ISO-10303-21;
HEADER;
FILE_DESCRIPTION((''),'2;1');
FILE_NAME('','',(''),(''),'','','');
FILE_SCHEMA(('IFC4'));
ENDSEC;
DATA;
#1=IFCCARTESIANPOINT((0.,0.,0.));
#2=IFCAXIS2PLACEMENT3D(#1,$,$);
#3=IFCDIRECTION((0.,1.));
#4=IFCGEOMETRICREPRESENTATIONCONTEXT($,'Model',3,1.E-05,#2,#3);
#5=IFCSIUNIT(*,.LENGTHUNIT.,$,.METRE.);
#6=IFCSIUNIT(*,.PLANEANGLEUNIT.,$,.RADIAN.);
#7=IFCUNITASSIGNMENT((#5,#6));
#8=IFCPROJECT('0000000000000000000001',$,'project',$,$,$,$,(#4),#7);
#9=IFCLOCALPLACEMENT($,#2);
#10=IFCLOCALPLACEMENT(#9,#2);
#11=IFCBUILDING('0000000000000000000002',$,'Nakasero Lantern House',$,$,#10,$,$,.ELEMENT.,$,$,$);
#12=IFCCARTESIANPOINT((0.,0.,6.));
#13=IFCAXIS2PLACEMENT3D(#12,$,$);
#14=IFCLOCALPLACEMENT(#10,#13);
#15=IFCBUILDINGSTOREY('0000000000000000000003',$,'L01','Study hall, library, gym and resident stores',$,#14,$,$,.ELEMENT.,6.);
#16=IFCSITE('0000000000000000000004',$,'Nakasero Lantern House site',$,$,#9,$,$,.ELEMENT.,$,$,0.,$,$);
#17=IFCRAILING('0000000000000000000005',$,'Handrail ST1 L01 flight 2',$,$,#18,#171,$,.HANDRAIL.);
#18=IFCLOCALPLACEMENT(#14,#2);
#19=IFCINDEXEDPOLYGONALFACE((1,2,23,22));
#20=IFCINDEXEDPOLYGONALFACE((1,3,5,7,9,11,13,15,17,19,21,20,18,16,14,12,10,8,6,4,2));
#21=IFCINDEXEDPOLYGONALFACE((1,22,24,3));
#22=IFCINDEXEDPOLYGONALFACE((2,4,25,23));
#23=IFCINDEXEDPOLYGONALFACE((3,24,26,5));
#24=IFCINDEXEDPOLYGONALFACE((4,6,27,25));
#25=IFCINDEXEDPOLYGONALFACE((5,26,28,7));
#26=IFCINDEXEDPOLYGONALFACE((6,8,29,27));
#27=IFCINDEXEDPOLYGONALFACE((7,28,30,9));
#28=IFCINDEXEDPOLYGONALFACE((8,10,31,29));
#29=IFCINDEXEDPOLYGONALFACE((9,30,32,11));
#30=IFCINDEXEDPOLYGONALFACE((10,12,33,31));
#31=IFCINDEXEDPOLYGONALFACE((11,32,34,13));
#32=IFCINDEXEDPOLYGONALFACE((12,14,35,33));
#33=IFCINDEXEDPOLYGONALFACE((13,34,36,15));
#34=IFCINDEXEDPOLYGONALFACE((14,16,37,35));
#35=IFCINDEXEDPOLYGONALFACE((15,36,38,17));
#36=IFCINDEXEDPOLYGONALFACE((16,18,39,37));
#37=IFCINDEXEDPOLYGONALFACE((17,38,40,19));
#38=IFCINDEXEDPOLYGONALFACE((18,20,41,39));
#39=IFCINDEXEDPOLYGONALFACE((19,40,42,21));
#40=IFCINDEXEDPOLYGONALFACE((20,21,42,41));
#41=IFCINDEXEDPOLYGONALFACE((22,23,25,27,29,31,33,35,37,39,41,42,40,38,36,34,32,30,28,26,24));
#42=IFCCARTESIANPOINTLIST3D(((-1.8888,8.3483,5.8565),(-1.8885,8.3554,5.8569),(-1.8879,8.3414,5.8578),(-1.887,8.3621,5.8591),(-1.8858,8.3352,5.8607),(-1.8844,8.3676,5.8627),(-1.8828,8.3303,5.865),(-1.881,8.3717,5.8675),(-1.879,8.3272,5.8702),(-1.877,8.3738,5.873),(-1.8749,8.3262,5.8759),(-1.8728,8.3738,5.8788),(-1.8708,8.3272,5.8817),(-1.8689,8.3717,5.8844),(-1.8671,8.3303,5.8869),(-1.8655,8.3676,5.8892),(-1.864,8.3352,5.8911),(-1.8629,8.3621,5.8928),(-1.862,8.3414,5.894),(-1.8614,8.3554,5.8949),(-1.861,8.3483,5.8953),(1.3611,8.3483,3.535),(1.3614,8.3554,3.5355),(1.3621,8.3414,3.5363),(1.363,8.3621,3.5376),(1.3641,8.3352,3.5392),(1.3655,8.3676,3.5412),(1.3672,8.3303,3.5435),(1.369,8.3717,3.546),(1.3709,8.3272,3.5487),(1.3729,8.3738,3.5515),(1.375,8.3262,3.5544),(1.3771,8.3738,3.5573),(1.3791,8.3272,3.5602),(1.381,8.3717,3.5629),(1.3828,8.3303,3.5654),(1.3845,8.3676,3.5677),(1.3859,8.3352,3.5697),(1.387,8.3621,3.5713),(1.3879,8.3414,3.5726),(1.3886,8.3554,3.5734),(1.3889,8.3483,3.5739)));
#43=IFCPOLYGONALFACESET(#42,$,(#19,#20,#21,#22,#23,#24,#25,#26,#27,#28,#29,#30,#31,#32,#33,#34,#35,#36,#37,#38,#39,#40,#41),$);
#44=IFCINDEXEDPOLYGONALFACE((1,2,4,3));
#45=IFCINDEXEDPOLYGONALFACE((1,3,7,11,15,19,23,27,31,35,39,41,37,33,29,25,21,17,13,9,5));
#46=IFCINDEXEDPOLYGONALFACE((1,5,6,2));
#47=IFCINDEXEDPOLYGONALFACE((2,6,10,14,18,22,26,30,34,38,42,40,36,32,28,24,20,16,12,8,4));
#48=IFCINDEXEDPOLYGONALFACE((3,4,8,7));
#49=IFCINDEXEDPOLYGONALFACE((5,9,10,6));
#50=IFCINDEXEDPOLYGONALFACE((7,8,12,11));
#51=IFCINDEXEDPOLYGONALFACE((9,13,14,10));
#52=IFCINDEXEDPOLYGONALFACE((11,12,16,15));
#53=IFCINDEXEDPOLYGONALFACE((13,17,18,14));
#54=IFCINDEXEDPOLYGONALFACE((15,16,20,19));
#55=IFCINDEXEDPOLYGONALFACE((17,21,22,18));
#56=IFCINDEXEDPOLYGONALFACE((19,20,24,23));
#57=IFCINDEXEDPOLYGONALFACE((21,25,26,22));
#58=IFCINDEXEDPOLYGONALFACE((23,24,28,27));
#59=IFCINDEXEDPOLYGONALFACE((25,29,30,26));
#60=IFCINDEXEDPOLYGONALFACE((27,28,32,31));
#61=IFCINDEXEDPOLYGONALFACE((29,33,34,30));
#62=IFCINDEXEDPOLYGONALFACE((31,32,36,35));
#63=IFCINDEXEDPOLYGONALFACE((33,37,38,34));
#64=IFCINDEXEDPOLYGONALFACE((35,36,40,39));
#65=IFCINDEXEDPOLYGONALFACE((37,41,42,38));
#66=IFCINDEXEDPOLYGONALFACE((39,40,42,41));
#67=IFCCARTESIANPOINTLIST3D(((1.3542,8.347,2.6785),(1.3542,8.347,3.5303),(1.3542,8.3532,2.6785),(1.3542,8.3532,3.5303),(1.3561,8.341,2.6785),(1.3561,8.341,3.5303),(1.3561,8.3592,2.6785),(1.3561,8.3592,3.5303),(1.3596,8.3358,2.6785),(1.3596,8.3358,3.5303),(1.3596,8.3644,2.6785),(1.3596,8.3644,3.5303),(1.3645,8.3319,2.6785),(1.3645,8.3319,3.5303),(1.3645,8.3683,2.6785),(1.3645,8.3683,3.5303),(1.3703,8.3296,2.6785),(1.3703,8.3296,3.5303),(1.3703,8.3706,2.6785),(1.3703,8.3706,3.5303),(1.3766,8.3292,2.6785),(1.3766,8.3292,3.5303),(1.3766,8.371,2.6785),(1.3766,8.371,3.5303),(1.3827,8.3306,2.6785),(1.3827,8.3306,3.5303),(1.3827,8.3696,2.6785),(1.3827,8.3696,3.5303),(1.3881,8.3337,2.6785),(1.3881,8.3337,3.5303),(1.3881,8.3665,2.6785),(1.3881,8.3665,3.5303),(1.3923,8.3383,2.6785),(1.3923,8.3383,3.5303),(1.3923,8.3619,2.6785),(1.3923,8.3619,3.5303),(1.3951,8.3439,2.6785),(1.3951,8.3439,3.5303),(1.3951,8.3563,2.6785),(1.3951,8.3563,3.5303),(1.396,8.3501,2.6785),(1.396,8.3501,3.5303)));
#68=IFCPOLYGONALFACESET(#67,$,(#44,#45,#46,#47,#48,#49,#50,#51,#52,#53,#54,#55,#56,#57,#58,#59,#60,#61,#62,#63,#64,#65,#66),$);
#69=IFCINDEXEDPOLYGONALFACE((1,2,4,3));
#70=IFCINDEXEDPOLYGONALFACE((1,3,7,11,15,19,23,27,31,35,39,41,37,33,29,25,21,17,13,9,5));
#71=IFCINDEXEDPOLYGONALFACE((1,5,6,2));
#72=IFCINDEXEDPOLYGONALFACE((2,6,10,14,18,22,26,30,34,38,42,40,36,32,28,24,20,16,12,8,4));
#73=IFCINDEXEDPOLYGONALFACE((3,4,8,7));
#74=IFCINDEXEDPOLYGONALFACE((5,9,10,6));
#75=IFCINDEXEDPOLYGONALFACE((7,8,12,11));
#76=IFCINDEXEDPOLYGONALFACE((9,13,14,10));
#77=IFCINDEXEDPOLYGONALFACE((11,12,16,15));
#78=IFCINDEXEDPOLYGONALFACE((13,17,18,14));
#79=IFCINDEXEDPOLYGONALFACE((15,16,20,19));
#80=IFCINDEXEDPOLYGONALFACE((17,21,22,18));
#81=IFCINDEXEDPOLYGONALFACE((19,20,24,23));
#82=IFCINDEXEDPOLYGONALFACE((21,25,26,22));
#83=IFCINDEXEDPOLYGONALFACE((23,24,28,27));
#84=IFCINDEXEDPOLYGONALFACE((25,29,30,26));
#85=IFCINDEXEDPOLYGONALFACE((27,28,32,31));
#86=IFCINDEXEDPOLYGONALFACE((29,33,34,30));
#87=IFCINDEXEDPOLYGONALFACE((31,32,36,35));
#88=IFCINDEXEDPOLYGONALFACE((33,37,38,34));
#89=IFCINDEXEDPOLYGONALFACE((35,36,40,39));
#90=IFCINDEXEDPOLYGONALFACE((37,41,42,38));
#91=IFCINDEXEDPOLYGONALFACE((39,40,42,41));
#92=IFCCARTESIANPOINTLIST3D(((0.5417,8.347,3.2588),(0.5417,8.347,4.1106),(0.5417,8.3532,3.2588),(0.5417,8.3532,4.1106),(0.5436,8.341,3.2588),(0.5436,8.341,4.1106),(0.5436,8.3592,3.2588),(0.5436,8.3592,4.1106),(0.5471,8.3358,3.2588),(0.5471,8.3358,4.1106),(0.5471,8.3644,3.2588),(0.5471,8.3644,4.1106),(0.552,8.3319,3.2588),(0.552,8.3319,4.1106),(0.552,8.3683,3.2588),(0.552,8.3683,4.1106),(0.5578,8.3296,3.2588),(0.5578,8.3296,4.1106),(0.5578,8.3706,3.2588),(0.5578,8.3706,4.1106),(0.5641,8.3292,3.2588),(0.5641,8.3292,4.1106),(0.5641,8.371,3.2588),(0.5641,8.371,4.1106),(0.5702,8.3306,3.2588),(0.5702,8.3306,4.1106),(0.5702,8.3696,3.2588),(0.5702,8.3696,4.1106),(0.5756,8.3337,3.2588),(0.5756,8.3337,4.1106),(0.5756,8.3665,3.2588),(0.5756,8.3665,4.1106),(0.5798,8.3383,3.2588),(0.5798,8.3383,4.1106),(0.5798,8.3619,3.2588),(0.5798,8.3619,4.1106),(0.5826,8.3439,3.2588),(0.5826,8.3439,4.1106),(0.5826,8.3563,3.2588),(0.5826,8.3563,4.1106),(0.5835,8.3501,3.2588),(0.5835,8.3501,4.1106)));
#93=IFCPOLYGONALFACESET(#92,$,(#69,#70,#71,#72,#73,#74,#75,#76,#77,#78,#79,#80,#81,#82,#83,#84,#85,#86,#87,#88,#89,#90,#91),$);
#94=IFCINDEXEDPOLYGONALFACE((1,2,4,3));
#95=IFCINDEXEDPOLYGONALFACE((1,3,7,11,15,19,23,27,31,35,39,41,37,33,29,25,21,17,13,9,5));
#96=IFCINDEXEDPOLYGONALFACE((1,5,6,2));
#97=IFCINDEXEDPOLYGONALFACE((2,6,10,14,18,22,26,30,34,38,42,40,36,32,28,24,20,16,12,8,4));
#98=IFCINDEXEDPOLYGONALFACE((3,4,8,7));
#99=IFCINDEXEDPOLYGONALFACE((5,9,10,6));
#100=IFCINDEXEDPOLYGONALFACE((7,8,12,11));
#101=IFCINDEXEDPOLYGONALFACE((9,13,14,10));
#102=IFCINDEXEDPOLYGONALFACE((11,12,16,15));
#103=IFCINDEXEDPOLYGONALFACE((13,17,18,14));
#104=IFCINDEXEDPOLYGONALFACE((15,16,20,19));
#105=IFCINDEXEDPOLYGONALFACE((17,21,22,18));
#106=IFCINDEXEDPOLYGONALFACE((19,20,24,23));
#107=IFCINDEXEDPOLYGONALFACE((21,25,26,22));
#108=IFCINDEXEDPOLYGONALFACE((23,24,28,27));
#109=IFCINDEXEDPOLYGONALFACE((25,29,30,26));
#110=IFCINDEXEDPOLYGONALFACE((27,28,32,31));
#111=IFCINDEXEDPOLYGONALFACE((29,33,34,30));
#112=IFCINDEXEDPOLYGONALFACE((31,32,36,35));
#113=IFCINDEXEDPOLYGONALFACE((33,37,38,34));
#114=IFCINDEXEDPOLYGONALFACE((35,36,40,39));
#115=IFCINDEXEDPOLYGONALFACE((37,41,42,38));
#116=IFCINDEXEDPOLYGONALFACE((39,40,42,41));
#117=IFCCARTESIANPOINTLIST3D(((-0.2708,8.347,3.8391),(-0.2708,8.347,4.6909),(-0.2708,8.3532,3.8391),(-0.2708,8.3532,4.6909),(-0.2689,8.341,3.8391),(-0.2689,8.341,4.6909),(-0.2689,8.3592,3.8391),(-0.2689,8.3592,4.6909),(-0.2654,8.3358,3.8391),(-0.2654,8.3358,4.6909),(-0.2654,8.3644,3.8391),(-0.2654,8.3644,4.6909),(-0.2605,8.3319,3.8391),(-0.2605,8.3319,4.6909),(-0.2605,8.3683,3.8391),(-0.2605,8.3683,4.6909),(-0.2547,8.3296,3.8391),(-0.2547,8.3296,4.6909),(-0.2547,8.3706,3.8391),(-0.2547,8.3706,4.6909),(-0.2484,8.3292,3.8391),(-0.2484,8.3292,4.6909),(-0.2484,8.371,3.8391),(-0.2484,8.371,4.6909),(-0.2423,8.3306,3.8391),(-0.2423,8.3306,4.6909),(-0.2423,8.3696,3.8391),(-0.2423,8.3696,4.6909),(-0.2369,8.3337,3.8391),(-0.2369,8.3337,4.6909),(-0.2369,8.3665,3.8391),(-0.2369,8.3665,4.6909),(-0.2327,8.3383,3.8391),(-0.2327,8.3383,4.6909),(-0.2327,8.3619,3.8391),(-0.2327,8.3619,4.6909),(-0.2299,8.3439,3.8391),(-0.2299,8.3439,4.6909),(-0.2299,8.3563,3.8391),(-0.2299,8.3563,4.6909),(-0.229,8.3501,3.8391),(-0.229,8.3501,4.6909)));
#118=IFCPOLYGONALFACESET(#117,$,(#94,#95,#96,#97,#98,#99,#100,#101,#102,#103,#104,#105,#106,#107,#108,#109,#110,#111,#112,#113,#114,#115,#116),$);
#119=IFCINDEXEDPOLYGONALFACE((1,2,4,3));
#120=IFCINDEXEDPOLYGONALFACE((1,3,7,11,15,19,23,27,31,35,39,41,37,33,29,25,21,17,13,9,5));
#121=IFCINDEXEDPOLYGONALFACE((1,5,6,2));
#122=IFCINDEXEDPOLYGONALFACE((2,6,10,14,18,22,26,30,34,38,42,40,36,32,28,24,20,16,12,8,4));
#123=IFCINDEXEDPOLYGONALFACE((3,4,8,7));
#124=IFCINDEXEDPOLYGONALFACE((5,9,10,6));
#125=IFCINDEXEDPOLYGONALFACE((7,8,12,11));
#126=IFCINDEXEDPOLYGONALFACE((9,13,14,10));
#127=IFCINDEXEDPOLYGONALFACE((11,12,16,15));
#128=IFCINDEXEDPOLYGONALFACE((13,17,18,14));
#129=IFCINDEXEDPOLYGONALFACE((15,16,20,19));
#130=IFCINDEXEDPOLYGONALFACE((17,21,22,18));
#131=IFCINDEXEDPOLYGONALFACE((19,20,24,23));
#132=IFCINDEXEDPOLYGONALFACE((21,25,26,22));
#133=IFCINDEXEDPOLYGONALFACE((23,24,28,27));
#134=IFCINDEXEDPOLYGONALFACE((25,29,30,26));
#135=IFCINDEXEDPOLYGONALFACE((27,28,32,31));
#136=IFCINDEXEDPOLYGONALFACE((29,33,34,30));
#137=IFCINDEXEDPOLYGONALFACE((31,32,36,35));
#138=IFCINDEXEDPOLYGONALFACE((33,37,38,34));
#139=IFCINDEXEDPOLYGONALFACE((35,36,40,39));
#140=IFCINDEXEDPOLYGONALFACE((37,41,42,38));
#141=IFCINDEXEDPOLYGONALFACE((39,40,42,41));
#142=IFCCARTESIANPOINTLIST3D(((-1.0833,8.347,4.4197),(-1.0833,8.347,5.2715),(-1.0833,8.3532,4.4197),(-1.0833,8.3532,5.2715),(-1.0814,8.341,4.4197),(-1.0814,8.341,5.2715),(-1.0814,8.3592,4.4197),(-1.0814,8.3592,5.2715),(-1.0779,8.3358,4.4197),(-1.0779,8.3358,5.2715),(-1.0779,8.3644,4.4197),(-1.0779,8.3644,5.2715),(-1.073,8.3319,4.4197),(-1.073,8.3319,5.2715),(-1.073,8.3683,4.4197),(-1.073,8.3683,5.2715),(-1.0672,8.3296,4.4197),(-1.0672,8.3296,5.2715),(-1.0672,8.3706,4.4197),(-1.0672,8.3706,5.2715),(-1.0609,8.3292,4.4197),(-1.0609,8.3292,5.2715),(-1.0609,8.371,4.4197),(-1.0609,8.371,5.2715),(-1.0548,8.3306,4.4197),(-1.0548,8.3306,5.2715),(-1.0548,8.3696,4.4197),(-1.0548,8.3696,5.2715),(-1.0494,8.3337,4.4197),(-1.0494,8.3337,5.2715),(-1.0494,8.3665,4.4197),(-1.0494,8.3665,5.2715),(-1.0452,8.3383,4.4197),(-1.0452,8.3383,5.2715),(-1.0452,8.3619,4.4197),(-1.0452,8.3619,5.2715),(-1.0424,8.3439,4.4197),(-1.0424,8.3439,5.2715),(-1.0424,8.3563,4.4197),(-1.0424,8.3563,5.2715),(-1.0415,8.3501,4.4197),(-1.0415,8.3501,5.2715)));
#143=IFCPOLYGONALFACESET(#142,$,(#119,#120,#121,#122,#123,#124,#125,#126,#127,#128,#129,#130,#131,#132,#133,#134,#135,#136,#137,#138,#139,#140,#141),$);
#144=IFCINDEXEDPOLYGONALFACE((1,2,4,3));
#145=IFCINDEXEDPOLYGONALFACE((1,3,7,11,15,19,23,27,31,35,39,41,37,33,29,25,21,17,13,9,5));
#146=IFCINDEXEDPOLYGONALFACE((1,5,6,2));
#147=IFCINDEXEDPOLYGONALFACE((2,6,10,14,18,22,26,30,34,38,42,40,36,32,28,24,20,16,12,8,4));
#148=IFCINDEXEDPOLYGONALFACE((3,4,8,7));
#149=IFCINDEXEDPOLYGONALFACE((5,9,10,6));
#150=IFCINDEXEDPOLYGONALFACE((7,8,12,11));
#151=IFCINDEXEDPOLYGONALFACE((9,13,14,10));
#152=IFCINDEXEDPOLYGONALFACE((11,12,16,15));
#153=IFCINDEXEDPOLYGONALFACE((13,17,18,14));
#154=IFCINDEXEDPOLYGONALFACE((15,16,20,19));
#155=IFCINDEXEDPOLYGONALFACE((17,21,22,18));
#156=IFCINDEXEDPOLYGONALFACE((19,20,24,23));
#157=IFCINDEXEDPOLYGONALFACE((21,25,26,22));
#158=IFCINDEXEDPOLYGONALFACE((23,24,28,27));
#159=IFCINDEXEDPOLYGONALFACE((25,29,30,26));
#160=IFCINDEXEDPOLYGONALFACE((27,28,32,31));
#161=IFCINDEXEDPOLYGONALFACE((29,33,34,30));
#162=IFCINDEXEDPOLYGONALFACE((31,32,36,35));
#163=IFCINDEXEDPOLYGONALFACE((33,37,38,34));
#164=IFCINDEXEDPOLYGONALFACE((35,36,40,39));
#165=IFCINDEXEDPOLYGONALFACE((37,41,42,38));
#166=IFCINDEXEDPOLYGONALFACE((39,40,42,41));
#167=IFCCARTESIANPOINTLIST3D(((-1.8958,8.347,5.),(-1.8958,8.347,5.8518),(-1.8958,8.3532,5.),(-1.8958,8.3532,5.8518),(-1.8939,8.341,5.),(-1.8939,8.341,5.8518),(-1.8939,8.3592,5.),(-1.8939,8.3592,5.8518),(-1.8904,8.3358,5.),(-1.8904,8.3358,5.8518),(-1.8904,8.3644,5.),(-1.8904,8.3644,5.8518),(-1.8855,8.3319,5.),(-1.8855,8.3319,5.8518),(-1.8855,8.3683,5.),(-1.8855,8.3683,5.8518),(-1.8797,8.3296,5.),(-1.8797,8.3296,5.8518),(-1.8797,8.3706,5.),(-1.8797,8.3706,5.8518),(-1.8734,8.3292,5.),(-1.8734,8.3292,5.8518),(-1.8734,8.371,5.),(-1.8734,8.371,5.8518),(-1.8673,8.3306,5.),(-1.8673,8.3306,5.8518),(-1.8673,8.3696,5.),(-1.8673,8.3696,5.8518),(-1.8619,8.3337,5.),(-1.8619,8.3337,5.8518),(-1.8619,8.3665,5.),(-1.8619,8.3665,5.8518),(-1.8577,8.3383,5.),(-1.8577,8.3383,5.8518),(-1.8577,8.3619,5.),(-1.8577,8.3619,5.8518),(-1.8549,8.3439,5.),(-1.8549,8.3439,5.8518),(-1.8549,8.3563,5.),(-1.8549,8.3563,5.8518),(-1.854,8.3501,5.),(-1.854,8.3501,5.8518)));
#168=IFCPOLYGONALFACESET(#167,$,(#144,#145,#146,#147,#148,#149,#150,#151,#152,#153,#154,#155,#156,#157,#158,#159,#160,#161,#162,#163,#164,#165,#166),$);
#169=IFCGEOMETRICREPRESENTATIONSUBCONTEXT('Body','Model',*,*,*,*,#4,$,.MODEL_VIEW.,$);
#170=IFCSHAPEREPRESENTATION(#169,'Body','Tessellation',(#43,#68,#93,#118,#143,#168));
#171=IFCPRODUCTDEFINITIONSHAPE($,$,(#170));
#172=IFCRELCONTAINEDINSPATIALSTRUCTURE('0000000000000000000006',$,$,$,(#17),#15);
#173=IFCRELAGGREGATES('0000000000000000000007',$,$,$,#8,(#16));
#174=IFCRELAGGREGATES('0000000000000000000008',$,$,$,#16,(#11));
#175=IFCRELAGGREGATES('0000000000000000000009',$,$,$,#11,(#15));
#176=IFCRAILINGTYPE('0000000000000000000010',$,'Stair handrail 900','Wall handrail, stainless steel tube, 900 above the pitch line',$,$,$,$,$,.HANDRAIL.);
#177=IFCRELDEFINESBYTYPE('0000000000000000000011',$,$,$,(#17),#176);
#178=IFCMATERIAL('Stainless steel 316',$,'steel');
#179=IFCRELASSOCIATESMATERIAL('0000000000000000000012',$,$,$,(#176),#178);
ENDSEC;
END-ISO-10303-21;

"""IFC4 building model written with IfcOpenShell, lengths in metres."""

from ifc_helpers import new_model, si_unit, direction, frame, origin, origin_2d, place, context, subcontext, project, spatial, circle, extrude, material, type_object, element, save


model = new_model("IFC4")

# Units and contexts
model_context = context("Model", 3, precision=1e-05, world=origin(), true_north=direction((0.0, 1.0)))
body_context = subcontext(model_context, "Body", "Model", "MODEL_VIEW")
ifc_project = project(units=[si_unit("LENGTHUNIT", "METRE"), si_unit("PLANEANGLEUNIT", "RADIAN")], contexts=[model_context])

# Site, building, storey
site_placement = place(None, origin())
site = spatial("IfcSite", under=ifc_project, at=site_placement, Name="Nakasero Lantern House site", CompositionType="ELEMENT", RefElevation=0.0)
building_placement = place(site_placement, origin())
building = spatial("IfcBuilding", under=site, at=building_placement, Name="Nakasero Lantern House", CompositionType="ELEMENT")
storey_placement = place(building_placement, frame((0.0, 0.0, 6.0)))
storey = spatial("IfcBuildingStorey", under=building, at=storey_placement, Name="L01", Description="Study hall, library, gym and resident stores", CompositionType="ELEMENT", Elevation=6.0)

# Railing
ifc_material_1 = material(Name="Stainless steel 316", Category="steel")
railing_type = type_object("IfcRailingType", Name="Stair handrail 900", Description="Wall handrail, stainless steel tube, 900 above the pitch line", PredefinedType="HANDRAIL", material=ifc_material_1)
railing_placement = place(storey_placement, frame((1.375, 8.3501, 2.6785)))
element("IfcRailing", 1, at=railing_placement, inside=storey, type_object=railing_type, Name="Handrail ST1 L01 flight 2", PredefinedType="HANDRAIL", context=body_context, shape_type="SweptSolid", body=[
    extrude(circle(Radius=0.0239, at=origin_2d()), frame((0.0, 0.0, 0.876), z_axis=(-0.813721, 0.0, 0.581256), x_axis=(0.0, -1.0, 0.0)), (0.0, 0.0, 1.0), 3.9939),
    extrude(circle(Radius=0.021, at=origin_2d()), origin(), (0.0, 0.0, 1.0), 0.8518),
    extrude(circle(Radius=0.021, at=origin_2d()), frame((-0.8125, 0.0, 0.5803)), (0.0, 0.0, 1.0), 0.8518),
    extrude(circle(Radius=0.021, at=origin_2d()), frame((-1.625, 0.0, 1.1606)), (0.0, 0.0, 1.0), 0.8518),
    extrude(circle(Radius=0.021, at=origin_2d()), frame((-2.4375, 0.0, 1.7412)), (0.0, 0.0, 1.0), 0.8518),
    extrude(circle(Radius=0.021, at=origin_2d()), frame((-3.25, 0.0, 2.3215)), (0.0, 0.0, 1.0), 0.8518),
])

save(model, "model.ifc")
